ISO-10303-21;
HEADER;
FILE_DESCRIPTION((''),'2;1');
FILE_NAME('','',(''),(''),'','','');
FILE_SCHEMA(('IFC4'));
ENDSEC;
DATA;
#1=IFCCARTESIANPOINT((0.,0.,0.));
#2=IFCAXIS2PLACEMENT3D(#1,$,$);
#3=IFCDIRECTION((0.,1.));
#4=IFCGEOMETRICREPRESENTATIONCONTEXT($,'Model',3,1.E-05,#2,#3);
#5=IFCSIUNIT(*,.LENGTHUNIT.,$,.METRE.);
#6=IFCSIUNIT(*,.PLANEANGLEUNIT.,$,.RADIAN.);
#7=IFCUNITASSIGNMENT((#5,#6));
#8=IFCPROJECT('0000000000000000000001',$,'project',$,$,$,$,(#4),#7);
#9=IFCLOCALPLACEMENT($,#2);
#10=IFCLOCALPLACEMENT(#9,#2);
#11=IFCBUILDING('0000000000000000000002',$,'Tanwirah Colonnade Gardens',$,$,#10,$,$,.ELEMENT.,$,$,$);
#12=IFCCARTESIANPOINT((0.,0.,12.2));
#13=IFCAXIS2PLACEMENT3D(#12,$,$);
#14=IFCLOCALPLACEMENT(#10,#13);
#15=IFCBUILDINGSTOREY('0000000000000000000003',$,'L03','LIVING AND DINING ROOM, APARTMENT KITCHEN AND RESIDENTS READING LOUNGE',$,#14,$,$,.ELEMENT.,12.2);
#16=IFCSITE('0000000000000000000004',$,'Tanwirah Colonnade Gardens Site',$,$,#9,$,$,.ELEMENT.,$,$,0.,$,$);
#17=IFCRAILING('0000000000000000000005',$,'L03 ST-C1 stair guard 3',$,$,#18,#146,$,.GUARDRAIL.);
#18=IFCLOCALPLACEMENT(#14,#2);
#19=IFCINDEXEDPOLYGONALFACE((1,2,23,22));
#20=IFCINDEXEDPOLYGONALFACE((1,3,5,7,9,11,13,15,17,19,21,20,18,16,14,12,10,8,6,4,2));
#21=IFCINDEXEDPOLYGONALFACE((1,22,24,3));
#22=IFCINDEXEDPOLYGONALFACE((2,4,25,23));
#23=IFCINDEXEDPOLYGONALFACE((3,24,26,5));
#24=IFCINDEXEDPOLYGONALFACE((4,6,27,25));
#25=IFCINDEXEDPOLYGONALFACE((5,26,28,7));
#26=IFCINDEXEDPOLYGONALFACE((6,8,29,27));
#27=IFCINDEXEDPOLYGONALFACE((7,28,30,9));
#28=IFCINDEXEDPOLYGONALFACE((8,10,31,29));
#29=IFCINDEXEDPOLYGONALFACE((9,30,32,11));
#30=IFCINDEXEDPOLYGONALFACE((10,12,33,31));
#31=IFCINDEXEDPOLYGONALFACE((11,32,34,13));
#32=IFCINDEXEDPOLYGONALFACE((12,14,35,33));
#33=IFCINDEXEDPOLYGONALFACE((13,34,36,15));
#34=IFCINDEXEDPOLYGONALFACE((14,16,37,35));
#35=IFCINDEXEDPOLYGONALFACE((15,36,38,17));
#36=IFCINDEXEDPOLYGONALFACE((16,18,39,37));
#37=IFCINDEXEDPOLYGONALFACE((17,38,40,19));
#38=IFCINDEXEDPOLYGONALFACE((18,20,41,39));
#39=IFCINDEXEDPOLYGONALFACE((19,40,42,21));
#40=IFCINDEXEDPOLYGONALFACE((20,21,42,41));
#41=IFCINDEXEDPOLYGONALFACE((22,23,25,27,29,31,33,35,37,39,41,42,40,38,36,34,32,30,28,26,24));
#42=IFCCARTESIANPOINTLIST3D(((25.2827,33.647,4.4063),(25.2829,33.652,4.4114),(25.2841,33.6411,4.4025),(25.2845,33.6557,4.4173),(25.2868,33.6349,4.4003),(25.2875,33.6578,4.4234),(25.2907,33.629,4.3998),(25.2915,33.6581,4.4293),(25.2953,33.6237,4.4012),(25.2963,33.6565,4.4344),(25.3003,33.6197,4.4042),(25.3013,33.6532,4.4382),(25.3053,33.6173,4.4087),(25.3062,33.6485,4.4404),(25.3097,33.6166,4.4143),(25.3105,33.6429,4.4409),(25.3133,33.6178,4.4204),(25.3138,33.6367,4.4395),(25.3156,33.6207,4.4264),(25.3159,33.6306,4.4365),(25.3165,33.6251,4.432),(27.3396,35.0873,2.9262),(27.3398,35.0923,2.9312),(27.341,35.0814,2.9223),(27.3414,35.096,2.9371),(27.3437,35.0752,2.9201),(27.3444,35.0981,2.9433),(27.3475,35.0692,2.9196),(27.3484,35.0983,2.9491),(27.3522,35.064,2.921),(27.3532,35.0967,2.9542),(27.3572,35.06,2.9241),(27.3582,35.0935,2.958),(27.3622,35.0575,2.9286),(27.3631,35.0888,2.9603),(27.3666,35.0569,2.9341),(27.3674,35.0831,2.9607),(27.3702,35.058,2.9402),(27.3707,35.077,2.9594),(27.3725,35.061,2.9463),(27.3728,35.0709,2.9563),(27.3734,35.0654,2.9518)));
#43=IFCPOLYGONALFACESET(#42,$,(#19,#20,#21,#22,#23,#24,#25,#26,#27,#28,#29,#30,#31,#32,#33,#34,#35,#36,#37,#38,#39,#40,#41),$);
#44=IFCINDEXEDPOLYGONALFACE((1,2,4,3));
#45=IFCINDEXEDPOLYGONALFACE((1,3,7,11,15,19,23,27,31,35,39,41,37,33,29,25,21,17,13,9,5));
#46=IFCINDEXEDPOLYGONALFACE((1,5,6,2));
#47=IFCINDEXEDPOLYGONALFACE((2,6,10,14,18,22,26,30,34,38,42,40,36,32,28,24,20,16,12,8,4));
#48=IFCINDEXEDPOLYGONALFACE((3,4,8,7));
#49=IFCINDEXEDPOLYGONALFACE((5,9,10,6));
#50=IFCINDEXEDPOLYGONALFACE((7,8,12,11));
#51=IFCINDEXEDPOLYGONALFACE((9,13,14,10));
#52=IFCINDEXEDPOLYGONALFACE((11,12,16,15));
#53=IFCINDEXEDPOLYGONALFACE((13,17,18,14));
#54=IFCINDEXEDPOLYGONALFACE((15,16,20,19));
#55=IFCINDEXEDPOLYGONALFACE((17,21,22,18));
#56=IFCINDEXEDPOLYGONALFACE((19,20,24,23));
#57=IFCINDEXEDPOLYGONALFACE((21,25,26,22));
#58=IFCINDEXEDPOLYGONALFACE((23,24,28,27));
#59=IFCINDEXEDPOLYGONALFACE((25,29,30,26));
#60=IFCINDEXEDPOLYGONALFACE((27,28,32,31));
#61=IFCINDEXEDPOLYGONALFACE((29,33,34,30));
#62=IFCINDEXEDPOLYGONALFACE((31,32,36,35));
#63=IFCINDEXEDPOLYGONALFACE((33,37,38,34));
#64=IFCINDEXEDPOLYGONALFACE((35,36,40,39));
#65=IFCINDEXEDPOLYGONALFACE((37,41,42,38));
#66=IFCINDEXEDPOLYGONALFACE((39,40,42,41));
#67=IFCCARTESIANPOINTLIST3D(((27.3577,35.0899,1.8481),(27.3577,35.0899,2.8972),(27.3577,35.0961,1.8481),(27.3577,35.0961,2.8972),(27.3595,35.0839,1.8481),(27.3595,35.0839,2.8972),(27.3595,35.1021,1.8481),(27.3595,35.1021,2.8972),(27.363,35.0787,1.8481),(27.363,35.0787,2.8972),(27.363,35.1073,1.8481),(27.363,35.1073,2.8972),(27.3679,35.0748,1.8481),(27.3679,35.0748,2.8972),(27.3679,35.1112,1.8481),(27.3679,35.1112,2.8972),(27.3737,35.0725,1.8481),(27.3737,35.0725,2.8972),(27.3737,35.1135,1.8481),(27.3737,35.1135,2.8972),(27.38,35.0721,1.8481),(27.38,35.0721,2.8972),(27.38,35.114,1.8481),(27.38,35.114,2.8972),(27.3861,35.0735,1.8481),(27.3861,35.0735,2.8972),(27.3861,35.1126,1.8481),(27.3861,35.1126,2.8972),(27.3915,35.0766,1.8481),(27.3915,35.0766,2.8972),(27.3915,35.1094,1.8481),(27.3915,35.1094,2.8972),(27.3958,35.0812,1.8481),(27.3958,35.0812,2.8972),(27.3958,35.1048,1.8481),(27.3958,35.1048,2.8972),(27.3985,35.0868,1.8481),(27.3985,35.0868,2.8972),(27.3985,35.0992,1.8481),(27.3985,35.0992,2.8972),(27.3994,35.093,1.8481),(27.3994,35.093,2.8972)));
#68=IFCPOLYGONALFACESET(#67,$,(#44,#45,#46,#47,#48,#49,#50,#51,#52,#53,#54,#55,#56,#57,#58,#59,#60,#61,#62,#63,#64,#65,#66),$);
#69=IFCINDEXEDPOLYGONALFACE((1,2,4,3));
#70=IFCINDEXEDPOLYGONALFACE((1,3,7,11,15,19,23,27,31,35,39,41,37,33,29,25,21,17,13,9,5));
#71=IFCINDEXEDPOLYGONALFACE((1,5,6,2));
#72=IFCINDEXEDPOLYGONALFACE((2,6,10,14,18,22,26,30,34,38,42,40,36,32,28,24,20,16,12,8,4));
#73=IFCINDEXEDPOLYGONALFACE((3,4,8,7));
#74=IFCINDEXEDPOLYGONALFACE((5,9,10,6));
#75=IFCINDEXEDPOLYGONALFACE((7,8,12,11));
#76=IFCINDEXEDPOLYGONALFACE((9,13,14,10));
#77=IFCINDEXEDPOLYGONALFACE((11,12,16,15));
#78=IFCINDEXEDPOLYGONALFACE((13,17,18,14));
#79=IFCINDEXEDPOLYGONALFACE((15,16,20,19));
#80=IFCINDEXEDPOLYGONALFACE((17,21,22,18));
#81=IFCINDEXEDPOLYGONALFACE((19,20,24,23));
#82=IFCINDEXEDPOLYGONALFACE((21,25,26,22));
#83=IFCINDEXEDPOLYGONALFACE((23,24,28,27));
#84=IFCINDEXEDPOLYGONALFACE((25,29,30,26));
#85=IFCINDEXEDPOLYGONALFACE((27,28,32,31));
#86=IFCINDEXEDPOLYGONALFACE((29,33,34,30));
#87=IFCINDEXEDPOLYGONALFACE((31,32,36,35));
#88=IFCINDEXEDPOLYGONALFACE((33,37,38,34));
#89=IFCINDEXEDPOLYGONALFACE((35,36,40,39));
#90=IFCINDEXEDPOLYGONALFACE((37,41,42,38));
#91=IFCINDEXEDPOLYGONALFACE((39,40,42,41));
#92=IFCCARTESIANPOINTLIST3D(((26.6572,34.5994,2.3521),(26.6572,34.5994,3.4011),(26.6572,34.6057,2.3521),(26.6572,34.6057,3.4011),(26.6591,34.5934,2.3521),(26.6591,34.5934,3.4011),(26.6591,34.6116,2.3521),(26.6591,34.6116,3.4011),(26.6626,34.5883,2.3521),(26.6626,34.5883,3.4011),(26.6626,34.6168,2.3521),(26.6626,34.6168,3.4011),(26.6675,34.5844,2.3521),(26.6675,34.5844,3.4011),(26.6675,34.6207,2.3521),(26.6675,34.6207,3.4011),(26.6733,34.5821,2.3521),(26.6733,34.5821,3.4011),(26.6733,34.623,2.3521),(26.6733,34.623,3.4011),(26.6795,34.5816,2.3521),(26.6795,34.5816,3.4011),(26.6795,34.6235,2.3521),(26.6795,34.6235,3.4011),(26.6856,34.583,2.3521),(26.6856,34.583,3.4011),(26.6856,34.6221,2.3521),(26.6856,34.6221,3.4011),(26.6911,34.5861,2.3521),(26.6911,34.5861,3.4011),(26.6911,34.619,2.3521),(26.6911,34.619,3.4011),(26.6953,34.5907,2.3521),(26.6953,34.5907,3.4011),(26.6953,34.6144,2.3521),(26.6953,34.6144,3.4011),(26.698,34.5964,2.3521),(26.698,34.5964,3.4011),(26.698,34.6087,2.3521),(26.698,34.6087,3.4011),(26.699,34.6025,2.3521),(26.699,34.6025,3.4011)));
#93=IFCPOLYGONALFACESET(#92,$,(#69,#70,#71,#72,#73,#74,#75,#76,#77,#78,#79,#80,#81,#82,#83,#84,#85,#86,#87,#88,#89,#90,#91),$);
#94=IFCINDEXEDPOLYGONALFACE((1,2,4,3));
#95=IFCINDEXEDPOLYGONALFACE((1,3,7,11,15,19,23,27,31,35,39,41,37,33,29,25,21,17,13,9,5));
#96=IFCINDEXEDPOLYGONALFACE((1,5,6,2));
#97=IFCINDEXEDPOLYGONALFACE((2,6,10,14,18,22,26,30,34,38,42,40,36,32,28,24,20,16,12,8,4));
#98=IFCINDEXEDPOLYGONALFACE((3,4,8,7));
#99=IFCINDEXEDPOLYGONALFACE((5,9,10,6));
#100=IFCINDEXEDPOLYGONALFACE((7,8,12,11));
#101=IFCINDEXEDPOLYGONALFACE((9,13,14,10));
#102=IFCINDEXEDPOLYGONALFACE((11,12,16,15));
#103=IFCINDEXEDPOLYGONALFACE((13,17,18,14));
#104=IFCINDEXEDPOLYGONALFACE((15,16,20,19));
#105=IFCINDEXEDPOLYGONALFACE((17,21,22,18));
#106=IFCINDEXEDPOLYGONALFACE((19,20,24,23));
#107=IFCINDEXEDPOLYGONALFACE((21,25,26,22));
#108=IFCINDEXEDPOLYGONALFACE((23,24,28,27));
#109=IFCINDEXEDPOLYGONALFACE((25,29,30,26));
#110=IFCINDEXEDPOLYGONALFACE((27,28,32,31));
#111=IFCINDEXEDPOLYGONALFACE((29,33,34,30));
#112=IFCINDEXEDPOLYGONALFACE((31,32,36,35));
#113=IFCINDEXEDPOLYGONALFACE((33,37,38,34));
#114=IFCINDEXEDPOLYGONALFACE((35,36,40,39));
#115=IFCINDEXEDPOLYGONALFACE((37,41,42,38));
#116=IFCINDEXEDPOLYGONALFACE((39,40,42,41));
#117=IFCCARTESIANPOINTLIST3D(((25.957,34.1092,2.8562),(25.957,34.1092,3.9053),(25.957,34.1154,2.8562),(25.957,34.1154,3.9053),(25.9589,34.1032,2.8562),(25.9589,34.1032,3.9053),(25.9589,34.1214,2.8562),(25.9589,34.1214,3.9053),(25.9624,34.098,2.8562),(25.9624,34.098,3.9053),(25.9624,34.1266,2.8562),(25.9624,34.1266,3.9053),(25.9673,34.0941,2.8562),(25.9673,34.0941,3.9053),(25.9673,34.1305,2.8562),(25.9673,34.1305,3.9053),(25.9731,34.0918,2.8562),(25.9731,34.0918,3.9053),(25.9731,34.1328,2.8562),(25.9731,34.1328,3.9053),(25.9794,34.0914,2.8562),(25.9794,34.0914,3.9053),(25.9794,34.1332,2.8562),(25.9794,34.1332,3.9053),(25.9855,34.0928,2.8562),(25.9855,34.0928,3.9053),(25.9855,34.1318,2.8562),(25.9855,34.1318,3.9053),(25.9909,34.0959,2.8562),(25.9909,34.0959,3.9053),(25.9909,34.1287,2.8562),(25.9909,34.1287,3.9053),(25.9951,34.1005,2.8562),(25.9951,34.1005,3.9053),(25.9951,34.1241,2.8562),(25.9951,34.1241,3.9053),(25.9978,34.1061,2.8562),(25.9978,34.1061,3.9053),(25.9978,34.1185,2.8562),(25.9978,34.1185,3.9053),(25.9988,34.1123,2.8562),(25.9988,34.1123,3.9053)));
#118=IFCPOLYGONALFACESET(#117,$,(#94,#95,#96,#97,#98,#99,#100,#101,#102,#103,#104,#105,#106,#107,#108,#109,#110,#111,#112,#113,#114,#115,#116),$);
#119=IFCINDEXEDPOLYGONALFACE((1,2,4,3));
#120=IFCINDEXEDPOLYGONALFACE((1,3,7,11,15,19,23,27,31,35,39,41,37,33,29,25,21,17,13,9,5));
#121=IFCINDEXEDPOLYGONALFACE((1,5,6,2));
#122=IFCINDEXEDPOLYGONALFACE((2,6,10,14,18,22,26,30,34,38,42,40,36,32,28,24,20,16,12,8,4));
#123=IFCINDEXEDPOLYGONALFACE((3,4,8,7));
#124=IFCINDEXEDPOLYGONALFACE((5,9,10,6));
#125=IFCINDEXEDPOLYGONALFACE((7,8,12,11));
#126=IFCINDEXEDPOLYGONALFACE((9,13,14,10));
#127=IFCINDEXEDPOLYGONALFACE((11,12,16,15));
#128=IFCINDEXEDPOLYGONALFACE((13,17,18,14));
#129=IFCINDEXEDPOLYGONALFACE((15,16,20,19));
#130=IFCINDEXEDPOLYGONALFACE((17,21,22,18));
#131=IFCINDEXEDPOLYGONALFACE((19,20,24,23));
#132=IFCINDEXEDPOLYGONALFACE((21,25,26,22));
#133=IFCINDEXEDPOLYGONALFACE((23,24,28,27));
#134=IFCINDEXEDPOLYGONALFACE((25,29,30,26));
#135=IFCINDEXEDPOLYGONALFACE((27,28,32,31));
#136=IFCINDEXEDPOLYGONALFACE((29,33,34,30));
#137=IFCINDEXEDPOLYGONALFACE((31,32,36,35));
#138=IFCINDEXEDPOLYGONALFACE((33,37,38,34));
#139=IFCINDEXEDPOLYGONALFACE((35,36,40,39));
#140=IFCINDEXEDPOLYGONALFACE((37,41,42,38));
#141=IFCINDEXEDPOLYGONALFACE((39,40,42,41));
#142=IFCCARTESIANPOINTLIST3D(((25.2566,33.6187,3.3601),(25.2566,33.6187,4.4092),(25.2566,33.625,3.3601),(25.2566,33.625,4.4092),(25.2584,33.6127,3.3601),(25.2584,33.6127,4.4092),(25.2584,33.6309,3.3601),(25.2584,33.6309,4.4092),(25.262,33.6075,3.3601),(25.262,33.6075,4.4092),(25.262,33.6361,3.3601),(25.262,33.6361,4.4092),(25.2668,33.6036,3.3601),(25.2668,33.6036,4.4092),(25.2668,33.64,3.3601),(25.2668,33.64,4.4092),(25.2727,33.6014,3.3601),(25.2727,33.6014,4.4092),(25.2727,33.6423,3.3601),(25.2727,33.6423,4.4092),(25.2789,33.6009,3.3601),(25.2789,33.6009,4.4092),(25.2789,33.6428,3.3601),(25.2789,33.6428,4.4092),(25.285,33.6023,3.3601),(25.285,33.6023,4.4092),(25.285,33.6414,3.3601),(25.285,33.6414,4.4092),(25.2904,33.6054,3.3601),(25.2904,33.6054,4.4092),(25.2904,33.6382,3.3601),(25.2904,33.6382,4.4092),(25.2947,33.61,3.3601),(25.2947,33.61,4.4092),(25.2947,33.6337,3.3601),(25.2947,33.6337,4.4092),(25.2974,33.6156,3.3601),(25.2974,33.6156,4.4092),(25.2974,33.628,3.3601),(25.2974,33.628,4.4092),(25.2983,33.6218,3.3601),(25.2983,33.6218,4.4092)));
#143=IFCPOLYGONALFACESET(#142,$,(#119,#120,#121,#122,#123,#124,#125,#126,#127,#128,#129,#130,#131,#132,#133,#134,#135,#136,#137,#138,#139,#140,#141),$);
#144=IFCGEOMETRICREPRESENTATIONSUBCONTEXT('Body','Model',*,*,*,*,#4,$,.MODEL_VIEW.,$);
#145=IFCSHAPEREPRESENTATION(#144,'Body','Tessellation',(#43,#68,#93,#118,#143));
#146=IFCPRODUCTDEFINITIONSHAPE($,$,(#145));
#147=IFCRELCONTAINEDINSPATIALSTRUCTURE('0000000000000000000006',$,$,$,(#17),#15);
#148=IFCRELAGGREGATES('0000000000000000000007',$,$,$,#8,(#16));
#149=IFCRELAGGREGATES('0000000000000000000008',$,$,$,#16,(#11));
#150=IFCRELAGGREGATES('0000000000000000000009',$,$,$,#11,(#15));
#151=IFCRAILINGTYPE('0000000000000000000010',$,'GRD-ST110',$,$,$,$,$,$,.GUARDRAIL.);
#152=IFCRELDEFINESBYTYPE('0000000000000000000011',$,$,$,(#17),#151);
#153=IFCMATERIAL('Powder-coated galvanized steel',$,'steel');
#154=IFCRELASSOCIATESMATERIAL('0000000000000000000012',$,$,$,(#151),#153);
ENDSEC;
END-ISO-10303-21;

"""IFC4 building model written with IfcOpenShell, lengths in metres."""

from ifc_helpers import new_model, si_unit, direction, frame, origin, origin_2d, place, context, subcontext, project, spatial, circle, extrude, material, type_object, element, save


model = new_model("IFC4")

# Units and contexts
model_context = context("Model", 3, precision=1e-05, world=origin(), true_north=direction((0.0, 1.0)))
body_context = subcontext(model_context, "Body", "Model", "MODEL_VIEW")
ifc_project = project(units=[si_unit("LENGTHUNIT", "METRE"), si_unit("PLANEANGLEUNIT", "RADIAN")], contexts=[model_context])

# Site, building, storey
site_placement = place(None, origin())
site = spatial("IfcSite", under=ifc_project, at=site_placement, Name="Tanwirah Colonnade Gardens Site", CompositionType="ELEMENT", RefElevation=0.0)
building_placement = place(site_placement, origin())
building = spatial("IfcBuilding", under=site, at=building_placement, Name="Tanwirah Colonnade Gardens", CompositionType="ELEMENT")
storey_placement = place(building_placement, frame((0.0, 0.0, 12.2)))
storey = spatial("IfcBuildingStorey", under=building, at=storey_placement, Name="L03", Description="LIVING AND DINING ROOM, APARTMENT KITCHEN AND RESIDENTS READING LOUNGE", CompositionType="ELEMENT", Elevation=12.2)

# Railing
ifc_material_1 = material(Name="Powder-coated galvanized steel", Category="steel")
railing_type_1 = type_object("IfcRailingType", Name="GRD-ST110", PredefinedType="GUARDRAIL", material=ifc_material_1)
railing_1_placement = place(storey_placement, frame((27.3784, 35.093, 1.8481)))
element("IfcRailing", 1, at=railing_1_placement, inside=storey, type_object=railing_type_1, Name="L03 ST-C1 stair guard 3", PredefinedType="GUARDRAIL", context=body_context, shape_type="SweptSolid", body=[
    extrude(circle(Radius=0.0239, at=origin_2d()), frame((-0.022, -0.0154, 1.092), z_axis=(-0.705673, -0.494118, 0.507812), x_axis=(0.573577, -0.819151, 0.0)), (0.0, 0.0, 1.0), 2.9148),
    extrude(circle(Radius=0.021, at=origin_2d()), origin(), (0.0, 0.0, 1.0), 1.0491),
    extrude(circle(Radius=0.021, at=origin_2d()), frame((-0.7004, -0.4905, 0.5039)), (0.0, 0.0, 1.0), 1.0491),
    extrude(circle(Radius=0.021, at=origin_2d()), frame((-1.4006, -0.9807, 1.0081)), (0.0, 0.0, 1.0), 1.0491),
    extrude(circle(Radius=0.021, at=origin_2d()), frame((-2.1011, -1.4712, 1.512)), (0.0, 0.0, 1.0), 1.0491),
])

save(model, "model.ifc")
